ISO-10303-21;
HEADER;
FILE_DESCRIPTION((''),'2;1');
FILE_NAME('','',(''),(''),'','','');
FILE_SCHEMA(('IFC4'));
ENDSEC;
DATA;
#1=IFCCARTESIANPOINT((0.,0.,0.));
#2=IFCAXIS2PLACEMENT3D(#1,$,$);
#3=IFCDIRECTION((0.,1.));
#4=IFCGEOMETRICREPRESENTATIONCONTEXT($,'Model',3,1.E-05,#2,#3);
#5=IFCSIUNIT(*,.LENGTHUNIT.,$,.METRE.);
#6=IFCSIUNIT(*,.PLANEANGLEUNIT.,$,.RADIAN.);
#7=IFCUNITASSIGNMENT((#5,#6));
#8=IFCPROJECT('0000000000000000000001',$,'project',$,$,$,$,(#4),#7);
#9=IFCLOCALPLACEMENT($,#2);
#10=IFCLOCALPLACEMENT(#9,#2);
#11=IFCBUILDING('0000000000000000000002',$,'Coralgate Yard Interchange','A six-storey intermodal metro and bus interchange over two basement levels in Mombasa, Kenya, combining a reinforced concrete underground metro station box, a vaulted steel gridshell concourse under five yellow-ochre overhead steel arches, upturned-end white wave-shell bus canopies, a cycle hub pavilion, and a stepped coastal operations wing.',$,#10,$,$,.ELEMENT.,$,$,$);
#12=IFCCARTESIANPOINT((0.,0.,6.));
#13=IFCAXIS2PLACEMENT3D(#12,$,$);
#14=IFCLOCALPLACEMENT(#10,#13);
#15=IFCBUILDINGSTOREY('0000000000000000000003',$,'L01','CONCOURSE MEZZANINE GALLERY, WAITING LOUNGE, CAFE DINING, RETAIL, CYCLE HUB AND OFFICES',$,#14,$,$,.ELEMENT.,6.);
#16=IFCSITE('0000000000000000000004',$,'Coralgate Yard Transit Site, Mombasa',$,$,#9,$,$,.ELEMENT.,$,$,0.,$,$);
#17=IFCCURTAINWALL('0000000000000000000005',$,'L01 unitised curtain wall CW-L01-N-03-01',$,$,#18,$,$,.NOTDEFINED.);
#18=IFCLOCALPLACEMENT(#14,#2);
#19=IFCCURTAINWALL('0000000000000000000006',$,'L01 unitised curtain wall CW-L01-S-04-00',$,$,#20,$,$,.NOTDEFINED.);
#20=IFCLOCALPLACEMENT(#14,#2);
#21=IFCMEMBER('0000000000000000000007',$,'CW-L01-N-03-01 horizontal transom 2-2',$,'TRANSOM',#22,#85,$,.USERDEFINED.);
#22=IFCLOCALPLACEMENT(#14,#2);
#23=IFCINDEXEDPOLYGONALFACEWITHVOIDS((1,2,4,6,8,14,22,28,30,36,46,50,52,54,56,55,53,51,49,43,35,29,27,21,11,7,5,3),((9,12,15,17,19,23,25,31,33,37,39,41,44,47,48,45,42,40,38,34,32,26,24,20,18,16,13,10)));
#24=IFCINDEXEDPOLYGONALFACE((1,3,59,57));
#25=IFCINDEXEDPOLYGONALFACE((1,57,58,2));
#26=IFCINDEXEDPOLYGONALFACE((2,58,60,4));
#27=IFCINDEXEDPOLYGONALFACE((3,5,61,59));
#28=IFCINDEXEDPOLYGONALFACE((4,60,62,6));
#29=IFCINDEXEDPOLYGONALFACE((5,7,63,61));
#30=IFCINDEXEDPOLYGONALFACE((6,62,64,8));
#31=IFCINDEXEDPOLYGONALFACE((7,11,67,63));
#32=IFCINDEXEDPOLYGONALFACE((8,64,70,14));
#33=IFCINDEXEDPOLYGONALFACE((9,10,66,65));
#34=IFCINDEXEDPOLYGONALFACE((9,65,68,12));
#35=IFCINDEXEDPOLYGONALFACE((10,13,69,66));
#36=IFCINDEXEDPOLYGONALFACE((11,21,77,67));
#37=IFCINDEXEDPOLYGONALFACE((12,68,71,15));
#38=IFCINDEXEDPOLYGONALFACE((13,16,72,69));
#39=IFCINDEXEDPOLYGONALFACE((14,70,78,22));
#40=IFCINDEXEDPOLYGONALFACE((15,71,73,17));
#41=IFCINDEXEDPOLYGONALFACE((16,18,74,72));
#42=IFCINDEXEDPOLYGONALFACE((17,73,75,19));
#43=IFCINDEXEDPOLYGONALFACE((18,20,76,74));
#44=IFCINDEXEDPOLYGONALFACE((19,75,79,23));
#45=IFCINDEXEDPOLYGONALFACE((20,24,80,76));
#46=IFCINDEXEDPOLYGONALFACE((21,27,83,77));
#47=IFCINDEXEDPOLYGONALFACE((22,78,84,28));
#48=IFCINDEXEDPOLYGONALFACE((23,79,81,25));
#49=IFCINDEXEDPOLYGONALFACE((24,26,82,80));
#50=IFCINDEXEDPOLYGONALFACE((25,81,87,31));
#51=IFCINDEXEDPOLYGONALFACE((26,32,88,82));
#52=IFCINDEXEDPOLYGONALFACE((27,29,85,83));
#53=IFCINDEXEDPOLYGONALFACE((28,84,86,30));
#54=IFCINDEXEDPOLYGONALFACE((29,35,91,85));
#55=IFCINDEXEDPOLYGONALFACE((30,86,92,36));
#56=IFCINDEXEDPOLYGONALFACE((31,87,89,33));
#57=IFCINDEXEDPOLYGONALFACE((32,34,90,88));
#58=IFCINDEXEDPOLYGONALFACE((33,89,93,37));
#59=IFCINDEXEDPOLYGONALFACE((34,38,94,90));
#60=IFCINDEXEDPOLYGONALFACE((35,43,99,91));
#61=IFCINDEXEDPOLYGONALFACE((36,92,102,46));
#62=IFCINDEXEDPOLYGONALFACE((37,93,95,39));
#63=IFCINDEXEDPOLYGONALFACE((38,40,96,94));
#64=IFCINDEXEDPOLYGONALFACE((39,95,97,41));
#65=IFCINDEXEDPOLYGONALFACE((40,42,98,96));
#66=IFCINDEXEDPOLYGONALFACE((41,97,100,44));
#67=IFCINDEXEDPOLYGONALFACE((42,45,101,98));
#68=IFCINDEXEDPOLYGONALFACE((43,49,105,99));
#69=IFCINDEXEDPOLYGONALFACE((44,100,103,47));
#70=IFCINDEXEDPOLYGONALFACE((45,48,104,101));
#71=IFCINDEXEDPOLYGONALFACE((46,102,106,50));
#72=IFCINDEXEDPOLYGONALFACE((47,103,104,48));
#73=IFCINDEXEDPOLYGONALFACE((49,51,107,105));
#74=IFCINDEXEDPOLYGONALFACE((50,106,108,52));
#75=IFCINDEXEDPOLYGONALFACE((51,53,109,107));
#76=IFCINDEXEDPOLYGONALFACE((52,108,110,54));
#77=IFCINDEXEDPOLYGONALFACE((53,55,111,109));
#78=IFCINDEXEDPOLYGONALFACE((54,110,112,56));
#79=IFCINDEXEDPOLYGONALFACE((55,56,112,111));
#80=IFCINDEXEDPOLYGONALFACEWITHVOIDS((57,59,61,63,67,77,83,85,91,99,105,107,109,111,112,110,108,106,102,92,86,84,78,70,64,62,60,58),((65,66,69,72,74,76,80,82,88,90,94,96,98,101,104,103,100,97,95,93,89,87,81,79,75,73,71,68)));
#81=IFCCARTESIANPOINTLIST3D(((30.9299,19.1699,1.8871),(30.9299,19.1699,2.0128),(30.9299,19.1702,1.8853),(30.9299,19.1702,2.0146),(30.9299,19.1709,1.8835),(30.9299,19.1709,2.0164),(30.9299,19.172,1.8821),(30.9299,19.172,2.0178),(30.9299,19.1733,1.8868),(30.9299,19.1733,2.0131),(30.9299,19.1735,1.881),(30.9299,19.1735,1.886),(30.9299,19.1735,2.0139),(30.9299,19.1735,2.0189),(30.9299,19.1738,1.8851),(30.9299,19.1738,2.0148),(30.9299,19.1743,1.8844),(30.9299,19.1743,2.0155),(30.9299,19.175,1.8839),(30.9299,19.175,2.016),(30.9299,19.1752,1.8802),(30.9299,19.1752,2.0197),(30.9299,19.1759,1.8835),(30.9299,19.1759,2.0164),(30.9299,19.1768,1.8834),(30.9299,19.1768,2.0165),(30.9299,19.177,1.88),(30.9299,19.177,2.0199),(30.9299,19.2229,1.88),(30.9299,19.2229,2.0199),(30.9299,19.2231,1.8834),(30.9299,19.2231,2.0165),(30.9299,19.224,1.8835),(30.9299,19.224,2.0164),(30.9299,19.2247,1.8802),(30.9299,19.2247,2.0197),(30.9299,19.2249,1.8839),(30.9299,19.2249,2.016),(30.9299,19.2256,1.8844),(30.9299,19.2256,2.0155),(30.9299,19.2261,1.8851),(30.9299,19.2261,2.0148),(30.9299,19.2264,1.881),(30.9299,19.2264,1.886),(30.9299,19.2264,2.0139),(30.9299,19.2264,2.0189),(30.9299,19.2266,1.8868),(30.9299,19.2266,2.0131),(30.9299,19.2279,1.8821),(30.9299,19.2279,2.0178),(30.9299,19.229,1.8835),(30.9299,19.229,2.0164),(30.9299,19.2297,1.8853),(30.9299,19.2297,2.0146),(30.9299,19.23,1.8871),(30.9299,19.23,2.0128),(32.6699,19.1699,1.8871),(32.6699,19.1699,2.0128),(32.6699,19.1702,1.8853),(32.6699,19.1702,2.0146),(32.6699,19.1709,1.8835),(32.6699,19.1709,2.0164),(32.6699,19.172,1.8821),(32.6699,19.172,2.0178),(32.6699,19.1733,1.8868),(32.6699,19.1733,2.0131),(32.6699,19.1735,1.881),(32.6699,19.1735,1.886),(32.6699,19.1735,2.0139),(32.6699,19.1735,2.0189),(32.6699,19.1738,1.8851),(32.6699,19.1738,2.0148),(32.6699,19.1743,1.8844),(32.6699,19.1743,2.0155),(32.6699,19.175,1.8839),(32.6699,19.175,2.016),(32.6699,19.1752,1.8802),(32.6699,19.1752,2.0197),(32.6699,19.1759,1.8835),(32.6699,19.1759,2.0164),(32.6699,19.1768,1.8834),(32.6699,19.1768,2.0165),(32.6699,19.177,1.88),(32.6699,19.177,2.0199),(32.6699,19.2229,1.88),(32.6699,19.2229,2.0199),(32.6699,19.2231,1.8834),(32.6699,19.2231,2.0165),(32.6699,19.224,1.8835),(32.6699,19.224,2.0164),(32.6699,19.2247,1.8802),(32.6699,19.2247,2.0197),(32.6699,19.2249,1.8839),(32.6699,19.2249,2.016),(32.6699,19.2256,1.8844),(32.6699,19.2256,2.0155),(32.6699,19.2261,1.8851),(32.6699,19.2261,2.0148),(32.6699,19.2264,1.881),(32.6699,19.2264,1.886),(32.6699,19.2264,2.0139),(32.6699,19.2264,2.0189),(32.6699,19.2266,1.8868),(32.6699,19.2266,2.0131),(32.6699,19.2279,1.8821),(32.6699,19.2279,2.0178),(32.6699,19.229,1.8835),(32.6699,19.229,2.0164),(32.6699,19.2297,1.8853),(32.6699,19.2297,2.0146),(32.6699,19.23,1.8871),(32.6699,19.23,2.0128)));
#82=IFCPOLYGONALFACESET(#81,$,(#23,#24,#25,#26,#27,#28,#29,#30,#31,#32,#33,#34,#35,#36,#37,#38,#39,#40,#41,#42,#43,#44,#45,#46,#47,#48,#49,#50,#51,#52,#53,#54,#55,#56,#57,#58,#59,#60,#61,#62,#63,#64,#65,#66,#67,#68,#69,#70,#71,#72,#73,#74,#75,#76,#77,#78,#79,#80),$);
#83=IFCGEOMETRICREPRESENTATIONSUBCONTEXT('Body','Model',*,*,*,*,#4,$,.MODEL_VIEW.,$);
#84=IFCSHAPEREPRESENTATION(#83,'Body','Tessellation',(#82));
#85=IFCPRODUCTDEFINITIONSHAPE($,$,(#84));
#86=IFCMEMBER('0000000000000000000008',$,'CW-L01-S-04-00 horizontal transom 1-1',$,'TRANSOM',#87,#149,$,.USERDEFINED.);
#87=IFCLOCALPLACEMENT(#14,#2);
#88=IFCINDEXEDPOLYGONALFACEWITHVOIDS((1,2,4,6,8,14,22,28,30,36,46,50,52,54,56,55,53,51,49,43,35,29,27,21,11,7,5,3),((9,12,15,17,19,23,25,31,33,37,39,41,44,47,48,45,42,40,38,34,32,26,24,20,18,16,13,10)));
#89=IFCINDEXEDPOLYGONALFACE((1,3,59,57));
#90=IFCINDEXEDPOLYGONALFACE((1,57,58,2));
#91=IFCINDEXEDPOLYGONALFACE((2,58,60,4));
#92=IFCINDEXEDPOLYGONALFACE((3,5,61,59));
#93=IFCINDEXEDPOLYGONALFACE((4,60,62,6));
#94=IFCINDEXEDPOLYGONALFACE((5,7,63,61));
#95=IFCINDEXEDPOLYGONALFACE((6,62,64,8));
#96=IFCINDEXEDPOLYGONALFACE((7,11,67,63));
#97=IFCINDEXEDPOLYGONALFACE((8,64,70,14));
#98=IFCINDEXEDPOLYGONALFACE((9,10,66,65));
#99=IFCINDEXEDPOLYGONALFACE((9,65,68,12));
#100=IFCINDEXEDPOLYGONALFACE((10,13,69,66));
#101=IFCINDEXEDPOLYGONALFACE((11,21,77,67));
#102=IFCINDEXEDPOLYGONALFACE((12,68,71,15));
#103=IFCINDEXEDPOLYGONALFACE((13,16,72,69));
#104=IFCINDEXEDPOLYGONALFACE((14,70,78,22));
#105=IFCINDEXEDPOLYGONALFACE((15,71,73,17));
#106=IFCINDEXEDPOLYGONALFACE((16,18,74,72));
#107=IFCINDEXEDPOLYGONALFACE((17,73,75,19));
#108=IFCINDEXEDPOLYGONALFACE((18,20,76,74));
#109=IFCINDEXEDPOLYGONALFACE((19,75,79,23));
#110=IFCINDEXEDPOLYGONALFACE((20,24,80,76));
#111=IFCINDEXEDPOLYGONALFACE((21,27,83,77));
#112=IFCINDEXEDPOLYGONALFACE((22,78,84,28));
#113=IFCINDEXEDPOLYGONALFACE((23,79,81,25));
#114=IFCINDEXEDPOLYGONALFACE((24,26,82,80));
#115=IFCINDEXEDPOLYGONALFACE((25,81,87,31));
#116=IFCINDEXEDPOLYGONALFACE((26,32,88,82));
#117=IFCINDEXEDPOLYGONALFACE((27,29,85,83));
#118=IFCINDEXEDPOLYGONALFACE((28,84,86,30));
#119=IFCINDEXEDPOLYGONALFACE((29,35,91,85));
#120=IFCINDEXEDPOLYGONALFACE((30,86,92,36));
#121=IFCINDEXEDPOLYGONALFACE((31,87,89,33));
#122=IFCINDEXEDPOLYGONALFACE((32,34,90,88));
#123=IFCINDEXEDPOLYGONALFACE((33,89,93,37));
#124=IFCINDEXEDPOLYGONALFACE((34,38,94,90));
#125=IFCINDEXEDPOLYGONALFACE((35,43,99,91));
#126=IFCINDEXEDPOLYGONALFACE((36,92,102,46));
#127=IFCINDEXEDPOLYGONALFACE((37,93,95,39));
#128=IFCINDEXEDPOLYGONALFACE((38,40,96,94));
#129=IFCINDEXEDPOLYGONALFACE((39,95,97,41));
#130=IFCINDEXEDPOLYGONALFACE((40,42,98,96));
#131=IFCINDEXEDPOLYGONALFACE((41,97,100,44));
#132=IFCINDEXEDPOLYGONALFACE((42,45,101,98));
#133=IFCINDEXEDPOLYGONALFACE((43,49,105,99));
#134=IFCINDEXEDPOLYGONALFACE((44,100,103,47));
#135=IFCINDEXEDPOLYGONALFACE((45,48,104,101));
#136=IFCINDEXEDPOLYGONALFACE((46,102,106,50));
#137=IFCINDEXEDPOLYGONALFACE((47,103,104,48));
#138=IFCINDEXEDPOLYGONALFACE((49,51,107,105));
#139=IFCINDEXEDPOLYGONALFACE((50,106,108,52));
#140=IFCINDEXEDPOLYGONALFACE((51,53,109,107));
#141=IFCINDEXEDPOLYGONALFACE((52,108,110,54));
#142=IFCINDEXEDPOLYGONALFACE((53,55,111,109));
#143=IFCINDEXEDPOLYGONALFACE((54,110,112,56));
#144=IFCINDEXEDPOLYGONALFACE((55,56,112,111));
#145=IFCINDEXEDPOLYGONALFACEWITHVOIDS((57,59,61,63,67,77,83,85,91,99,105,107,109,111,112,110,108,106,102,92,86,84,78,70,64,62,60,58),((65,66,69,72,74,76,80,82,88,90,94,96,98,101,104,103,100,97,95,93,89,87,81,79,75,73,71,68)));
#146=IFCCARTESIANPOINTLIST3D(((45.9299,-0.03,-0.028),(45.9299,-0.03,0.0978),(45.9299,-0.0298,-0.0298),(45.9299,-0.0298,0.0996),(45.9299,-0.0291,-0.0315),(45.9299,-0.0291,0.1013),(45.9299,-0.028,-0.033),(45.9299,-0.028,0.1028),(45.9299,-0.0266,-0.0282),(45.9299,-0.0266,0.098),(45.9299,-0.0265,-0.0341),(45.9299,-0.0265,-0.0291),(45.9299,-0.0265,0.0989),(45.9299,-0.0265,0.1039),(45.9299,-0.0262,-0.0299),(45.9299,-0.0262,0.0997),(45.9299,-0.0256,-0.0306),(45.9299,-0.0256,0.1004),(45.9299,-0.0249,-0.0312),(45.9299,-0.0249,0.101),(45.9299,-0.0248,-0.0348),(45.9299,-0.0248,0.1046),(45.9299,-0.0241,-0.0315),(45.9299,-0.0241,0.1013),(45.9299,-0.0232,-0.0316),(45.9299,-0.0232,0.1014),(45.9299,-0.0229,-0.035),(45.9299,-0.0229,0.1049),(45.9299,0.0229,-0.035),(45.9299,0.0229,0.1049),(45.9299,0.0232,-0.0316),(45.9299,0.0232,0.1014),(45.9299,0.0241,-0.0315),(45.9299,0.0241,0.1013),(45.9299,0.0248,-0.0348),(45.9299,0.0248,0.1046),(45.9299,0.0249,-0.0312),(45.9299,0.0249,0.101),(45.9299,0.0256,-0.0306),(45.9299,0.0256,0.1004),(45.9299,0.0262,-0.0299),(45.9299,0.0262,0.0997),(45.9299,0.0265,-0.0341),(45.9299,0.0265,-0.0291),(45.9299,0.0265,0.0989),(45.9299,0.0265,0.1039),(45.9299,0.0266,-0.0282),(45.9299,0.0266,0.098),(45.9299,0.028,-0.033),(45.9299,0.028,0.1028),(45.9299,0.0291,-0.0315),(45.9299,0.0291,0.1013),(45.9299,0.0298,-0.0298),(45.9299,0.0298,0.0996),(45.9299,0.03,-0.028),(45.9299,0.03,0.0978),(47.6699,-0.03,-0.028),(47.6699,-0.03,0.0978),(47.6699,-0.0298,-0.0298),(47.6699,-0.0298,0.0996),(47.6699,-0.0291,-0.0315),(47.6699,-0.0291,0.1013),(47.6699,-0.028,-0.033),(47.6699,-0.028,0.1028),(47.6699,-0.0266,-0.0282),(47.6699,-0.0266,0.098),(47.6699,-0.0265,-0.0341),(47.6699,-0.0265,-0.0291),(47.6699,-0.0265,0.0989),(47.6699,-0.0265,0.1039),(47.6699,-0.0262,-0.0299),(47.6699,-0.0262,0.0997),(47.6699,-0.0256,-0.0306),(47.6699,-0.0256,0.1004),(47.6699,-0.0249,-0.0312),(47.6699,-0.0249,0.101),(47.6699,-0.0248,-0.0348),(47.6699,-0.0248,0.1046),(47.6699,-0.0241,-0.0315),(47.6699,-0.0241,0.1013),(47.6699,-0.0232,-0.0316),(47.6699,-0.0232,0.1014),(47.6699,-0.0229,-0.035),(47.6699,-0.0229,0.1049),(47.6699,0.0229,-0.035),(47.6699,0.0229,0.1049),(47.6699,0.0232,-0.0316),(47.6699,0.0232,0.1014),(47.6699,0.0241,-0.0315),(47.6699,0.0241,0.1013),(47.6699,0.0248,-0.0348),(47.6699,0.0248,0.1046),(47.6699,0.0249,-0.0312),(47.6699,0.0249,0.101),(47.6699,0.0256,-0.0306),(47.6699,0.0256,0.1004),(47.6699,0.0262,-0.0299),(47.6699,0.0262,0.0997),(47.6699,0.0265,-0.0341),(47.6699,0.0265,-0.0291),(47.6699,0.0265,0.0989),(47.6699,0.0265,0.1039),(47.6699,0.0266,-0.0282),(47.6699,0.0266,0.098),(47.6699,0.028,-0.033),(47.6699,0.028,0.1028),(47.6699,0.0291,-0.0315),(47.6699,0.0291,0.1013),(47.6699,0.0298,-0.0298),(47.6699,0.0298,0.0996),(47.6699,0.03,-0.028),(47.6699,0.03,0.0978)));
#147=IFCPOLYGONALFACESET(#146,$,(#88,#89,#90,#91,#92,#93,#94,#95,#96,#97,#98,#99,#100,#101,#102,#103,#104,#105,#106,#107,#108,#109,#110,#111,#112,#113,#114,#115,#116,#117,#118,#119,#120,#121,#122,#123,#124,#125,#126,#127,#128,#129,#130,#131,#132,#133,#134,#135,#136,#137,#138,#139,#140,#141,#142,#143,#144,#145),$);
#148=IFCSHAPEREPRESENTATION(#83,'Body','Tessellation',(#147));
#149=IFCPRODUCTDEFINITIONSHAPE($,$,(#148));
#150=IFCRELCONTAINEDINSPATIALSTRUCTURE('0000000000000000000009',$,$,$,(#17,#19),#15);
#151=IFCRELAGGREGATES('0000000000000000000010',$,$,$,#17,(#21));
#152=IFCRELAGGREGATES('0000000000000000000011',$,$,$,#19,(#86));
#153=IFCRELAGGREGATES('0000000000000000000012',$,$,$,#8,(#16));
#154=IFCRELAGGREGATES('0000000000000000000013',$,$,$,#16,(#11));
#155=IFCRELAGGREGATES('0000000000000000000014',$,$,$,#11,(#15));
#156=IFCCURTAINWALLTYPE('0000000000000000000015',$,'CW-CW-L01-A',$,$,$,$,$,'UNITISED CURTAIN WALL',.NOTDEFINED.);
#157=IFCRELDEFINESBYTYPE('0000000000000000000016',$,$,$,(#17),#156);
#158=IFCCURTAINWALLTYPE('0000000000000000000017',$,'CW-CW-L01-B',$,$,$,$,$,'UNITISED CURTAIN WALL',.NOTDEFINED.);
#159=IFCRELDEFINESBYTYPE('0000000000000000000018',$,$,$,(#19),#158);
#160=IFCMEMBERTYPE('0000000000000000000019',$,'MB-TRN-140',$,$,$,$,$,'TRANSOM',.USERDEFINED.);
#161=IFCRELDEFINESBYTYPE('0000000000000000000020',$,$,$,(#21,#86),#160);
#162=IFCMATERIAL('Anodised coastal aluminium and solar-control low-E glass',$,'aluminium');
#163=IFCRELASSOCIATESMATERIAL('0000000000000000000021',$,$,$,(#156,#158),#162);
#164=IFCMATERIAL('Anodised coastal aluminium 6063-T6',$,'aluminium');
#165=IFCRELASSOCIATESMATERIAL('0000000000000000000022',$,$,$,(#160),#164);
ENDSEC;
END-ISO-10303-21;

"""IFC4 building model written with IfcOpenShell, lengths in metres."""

from ifc_helpers import new_model, si_unit, direction, frame, origin, origin_2d, place, context, subcontext, project, spatial, hollow_rectangle, extrude, material, material_profile, profile_set, type_object, element, aggregate, save


model = new_model("IFC4")

# Units and contexts
model_context = context("Model", 3, precision=1e-05, world=origin(), true_north=direction((0.0, 1.0)))
body_context = subcontext(model_context, "Body", "Model", "MODEL_VIEW")
ifc_project = project(units=[si_unit("LENGTHUNIT", "METRE"), si_unit("PLANEANGLEUNIT", "RADIAN")], contexts=[model_context])

# Site, building, storey
site_placement = place(None, origin())
site = spatial("IfcSite", under=ifc_project, at=site_placement, Name="Coralgate Yard Transit Site, Mombasa", CompositionType="ELEMENT", RefElevation=0.0)
building_placement = place(site_placement, origin())
building = spatial("IfcBuilding", under=site, at=building_placement, Name="Coralgate Yard Interchange", Description="A six-storey intermodal metro and bus interchange over two basement levels in Mombasa, Kenya, combining a reinforced concrete underground metro station box, a vaulted steel gridshell concourse under five yellow-ochre overhead steel arches, upturned-end white wave-shell bus canopies, a cycle hub pavilion, and a stepped coastal operations wing.", CompositionType="ELEMENT")
storey_placement = place(building_placement, frame((0.0, 0.0, 6.0)))
storey = spatial("IfcBuildingStorey", under=building, at=storey_placement, Name="L01", Description="CONCOURSE MEZZANINE GALLERY, WAITING LOUNGE, CAFE DINING, RETAIL, CYCLE HUB AND OFFICES", CompositionType="ELEMENT", Elevation=6.0)

# Curtain wall
ifc_material_1 = material(Name="Anodised coastal aluminium and solar-control low-E glass", Category="aluminium")
curtain_wall_type_1 = type_object("IfcCurtainWallType", Name="CW-CW-L01-A", ElementType="UNITISED CURTAIN WALL", PredefinedType="NOTDEFINED", material=ifc_material_1)
curtain_wall_1_placement = place(storey_placement, origin())
curtain_wall_1 = element("IfcCurtainWall", 1, at=curtain_wall_1_placement, inside=storey, type_object=curtain_wall_type_1, Name="L01 unitised curtain wall CW-L01-N-03-01", PredefinedType="NOTDEFINED")
ifc_material_2 = material(Name="Anodised coastal aluminium 6063-T6", Category="aluminium")

# Curtain wall
curtain_wall_type_2 = type_object("IfcCurtainWallType", Name="CW-CW-L01-B", ElementType="UNITISED CURTAIN WALL", PredefinedType="NOTDEFINED", material=ifc_material_1)
curtain_wall_2_placement = place(storey_placement, origin())
curtain_wall_2 = element("IfcCurtainWall", 2, at=curtain_wall_2_placement, inside=storey, type_object=curtain_wall_type_2, Name="L01 unitised curtain wall CW-L01-S-04-00", PredefinedType="NOTDEFINED")

# Members
ifc_material_profile_1 = material_profile(ifc_material_2, hollow_rectangle(XDim=0.0601, YDim=0.1399, WallThickness=0.0034, InnerFilletRadius=0.0034, OuterFilletRadius=0.0071, at=origin_2d()), Name="ALU 60x140x3.5")
ifc_profile_set_1 = profile_set([ifc_material_profile_1], Name="Anodised coastal aluminium 6063-T6")
member_type_1 = type_object("IfcMemberType", Name="MB-TRN-140", ElementType="TRANSOM", PredefinedType="USERDEFINED", material=ifc_profile_set_1)
member_1_placement = place(storey_placement, frame((30.9299, 19.2, 1.95), z_axis=(1.0, 0.0, 0.0), x_axis=(0.0, 1.0, 0.0)))
member_1 = element("IfcMember", 3, at=member_1_placement, type_object=member_type_1, Name="CW-L01-N-03-01 horizontal transom 2-2", ObjectType="TRANSOM", PredefinedType="USERDEFINED", context=body_context, shape_type="SweptSolid", body=[
    extrude(hollow_rectangle(XDim=0.0601, YDim=0.1399, WallThickness=0.0034, InnerFilletRadius=0.0034, OuterFilletRadius=0.0071, at=origin_2d()), origin(), (0.0, 0.0, 1.0), 1.74),
])
aggregate(curtain_wall_1, [member_1])
member_2_placement = place(storey_placement, frame((47.6699, 0.0, 0.0349), z_axis=(-1.0, 0.0, 0.0), x_axis=(0.0, -1.0, 0.0)))
member_2 = element("IfcMember", 4, at=member_2_placement, type_object=member_type_1, Name="CW-L01-S-04-00 horizontal transom 1-1", ObjectType="TRANSOM", PredefinedType="USERDEFINED", context=body_context, shape_type="SweptSolid", body=[
    extrude(hollow_rectangle(XDim=0.0601, YDim=0.1399, WallThickness=0.0034, InnerFilletRadius=0.0034, OuterFilletRadius=0.0071, at=origin_2d()), origin(), (0.0, 0.0, 1.0), 1.74),
])

aggregate(curtain_wall_2, [member_2])

save(model, "model.ifc")
